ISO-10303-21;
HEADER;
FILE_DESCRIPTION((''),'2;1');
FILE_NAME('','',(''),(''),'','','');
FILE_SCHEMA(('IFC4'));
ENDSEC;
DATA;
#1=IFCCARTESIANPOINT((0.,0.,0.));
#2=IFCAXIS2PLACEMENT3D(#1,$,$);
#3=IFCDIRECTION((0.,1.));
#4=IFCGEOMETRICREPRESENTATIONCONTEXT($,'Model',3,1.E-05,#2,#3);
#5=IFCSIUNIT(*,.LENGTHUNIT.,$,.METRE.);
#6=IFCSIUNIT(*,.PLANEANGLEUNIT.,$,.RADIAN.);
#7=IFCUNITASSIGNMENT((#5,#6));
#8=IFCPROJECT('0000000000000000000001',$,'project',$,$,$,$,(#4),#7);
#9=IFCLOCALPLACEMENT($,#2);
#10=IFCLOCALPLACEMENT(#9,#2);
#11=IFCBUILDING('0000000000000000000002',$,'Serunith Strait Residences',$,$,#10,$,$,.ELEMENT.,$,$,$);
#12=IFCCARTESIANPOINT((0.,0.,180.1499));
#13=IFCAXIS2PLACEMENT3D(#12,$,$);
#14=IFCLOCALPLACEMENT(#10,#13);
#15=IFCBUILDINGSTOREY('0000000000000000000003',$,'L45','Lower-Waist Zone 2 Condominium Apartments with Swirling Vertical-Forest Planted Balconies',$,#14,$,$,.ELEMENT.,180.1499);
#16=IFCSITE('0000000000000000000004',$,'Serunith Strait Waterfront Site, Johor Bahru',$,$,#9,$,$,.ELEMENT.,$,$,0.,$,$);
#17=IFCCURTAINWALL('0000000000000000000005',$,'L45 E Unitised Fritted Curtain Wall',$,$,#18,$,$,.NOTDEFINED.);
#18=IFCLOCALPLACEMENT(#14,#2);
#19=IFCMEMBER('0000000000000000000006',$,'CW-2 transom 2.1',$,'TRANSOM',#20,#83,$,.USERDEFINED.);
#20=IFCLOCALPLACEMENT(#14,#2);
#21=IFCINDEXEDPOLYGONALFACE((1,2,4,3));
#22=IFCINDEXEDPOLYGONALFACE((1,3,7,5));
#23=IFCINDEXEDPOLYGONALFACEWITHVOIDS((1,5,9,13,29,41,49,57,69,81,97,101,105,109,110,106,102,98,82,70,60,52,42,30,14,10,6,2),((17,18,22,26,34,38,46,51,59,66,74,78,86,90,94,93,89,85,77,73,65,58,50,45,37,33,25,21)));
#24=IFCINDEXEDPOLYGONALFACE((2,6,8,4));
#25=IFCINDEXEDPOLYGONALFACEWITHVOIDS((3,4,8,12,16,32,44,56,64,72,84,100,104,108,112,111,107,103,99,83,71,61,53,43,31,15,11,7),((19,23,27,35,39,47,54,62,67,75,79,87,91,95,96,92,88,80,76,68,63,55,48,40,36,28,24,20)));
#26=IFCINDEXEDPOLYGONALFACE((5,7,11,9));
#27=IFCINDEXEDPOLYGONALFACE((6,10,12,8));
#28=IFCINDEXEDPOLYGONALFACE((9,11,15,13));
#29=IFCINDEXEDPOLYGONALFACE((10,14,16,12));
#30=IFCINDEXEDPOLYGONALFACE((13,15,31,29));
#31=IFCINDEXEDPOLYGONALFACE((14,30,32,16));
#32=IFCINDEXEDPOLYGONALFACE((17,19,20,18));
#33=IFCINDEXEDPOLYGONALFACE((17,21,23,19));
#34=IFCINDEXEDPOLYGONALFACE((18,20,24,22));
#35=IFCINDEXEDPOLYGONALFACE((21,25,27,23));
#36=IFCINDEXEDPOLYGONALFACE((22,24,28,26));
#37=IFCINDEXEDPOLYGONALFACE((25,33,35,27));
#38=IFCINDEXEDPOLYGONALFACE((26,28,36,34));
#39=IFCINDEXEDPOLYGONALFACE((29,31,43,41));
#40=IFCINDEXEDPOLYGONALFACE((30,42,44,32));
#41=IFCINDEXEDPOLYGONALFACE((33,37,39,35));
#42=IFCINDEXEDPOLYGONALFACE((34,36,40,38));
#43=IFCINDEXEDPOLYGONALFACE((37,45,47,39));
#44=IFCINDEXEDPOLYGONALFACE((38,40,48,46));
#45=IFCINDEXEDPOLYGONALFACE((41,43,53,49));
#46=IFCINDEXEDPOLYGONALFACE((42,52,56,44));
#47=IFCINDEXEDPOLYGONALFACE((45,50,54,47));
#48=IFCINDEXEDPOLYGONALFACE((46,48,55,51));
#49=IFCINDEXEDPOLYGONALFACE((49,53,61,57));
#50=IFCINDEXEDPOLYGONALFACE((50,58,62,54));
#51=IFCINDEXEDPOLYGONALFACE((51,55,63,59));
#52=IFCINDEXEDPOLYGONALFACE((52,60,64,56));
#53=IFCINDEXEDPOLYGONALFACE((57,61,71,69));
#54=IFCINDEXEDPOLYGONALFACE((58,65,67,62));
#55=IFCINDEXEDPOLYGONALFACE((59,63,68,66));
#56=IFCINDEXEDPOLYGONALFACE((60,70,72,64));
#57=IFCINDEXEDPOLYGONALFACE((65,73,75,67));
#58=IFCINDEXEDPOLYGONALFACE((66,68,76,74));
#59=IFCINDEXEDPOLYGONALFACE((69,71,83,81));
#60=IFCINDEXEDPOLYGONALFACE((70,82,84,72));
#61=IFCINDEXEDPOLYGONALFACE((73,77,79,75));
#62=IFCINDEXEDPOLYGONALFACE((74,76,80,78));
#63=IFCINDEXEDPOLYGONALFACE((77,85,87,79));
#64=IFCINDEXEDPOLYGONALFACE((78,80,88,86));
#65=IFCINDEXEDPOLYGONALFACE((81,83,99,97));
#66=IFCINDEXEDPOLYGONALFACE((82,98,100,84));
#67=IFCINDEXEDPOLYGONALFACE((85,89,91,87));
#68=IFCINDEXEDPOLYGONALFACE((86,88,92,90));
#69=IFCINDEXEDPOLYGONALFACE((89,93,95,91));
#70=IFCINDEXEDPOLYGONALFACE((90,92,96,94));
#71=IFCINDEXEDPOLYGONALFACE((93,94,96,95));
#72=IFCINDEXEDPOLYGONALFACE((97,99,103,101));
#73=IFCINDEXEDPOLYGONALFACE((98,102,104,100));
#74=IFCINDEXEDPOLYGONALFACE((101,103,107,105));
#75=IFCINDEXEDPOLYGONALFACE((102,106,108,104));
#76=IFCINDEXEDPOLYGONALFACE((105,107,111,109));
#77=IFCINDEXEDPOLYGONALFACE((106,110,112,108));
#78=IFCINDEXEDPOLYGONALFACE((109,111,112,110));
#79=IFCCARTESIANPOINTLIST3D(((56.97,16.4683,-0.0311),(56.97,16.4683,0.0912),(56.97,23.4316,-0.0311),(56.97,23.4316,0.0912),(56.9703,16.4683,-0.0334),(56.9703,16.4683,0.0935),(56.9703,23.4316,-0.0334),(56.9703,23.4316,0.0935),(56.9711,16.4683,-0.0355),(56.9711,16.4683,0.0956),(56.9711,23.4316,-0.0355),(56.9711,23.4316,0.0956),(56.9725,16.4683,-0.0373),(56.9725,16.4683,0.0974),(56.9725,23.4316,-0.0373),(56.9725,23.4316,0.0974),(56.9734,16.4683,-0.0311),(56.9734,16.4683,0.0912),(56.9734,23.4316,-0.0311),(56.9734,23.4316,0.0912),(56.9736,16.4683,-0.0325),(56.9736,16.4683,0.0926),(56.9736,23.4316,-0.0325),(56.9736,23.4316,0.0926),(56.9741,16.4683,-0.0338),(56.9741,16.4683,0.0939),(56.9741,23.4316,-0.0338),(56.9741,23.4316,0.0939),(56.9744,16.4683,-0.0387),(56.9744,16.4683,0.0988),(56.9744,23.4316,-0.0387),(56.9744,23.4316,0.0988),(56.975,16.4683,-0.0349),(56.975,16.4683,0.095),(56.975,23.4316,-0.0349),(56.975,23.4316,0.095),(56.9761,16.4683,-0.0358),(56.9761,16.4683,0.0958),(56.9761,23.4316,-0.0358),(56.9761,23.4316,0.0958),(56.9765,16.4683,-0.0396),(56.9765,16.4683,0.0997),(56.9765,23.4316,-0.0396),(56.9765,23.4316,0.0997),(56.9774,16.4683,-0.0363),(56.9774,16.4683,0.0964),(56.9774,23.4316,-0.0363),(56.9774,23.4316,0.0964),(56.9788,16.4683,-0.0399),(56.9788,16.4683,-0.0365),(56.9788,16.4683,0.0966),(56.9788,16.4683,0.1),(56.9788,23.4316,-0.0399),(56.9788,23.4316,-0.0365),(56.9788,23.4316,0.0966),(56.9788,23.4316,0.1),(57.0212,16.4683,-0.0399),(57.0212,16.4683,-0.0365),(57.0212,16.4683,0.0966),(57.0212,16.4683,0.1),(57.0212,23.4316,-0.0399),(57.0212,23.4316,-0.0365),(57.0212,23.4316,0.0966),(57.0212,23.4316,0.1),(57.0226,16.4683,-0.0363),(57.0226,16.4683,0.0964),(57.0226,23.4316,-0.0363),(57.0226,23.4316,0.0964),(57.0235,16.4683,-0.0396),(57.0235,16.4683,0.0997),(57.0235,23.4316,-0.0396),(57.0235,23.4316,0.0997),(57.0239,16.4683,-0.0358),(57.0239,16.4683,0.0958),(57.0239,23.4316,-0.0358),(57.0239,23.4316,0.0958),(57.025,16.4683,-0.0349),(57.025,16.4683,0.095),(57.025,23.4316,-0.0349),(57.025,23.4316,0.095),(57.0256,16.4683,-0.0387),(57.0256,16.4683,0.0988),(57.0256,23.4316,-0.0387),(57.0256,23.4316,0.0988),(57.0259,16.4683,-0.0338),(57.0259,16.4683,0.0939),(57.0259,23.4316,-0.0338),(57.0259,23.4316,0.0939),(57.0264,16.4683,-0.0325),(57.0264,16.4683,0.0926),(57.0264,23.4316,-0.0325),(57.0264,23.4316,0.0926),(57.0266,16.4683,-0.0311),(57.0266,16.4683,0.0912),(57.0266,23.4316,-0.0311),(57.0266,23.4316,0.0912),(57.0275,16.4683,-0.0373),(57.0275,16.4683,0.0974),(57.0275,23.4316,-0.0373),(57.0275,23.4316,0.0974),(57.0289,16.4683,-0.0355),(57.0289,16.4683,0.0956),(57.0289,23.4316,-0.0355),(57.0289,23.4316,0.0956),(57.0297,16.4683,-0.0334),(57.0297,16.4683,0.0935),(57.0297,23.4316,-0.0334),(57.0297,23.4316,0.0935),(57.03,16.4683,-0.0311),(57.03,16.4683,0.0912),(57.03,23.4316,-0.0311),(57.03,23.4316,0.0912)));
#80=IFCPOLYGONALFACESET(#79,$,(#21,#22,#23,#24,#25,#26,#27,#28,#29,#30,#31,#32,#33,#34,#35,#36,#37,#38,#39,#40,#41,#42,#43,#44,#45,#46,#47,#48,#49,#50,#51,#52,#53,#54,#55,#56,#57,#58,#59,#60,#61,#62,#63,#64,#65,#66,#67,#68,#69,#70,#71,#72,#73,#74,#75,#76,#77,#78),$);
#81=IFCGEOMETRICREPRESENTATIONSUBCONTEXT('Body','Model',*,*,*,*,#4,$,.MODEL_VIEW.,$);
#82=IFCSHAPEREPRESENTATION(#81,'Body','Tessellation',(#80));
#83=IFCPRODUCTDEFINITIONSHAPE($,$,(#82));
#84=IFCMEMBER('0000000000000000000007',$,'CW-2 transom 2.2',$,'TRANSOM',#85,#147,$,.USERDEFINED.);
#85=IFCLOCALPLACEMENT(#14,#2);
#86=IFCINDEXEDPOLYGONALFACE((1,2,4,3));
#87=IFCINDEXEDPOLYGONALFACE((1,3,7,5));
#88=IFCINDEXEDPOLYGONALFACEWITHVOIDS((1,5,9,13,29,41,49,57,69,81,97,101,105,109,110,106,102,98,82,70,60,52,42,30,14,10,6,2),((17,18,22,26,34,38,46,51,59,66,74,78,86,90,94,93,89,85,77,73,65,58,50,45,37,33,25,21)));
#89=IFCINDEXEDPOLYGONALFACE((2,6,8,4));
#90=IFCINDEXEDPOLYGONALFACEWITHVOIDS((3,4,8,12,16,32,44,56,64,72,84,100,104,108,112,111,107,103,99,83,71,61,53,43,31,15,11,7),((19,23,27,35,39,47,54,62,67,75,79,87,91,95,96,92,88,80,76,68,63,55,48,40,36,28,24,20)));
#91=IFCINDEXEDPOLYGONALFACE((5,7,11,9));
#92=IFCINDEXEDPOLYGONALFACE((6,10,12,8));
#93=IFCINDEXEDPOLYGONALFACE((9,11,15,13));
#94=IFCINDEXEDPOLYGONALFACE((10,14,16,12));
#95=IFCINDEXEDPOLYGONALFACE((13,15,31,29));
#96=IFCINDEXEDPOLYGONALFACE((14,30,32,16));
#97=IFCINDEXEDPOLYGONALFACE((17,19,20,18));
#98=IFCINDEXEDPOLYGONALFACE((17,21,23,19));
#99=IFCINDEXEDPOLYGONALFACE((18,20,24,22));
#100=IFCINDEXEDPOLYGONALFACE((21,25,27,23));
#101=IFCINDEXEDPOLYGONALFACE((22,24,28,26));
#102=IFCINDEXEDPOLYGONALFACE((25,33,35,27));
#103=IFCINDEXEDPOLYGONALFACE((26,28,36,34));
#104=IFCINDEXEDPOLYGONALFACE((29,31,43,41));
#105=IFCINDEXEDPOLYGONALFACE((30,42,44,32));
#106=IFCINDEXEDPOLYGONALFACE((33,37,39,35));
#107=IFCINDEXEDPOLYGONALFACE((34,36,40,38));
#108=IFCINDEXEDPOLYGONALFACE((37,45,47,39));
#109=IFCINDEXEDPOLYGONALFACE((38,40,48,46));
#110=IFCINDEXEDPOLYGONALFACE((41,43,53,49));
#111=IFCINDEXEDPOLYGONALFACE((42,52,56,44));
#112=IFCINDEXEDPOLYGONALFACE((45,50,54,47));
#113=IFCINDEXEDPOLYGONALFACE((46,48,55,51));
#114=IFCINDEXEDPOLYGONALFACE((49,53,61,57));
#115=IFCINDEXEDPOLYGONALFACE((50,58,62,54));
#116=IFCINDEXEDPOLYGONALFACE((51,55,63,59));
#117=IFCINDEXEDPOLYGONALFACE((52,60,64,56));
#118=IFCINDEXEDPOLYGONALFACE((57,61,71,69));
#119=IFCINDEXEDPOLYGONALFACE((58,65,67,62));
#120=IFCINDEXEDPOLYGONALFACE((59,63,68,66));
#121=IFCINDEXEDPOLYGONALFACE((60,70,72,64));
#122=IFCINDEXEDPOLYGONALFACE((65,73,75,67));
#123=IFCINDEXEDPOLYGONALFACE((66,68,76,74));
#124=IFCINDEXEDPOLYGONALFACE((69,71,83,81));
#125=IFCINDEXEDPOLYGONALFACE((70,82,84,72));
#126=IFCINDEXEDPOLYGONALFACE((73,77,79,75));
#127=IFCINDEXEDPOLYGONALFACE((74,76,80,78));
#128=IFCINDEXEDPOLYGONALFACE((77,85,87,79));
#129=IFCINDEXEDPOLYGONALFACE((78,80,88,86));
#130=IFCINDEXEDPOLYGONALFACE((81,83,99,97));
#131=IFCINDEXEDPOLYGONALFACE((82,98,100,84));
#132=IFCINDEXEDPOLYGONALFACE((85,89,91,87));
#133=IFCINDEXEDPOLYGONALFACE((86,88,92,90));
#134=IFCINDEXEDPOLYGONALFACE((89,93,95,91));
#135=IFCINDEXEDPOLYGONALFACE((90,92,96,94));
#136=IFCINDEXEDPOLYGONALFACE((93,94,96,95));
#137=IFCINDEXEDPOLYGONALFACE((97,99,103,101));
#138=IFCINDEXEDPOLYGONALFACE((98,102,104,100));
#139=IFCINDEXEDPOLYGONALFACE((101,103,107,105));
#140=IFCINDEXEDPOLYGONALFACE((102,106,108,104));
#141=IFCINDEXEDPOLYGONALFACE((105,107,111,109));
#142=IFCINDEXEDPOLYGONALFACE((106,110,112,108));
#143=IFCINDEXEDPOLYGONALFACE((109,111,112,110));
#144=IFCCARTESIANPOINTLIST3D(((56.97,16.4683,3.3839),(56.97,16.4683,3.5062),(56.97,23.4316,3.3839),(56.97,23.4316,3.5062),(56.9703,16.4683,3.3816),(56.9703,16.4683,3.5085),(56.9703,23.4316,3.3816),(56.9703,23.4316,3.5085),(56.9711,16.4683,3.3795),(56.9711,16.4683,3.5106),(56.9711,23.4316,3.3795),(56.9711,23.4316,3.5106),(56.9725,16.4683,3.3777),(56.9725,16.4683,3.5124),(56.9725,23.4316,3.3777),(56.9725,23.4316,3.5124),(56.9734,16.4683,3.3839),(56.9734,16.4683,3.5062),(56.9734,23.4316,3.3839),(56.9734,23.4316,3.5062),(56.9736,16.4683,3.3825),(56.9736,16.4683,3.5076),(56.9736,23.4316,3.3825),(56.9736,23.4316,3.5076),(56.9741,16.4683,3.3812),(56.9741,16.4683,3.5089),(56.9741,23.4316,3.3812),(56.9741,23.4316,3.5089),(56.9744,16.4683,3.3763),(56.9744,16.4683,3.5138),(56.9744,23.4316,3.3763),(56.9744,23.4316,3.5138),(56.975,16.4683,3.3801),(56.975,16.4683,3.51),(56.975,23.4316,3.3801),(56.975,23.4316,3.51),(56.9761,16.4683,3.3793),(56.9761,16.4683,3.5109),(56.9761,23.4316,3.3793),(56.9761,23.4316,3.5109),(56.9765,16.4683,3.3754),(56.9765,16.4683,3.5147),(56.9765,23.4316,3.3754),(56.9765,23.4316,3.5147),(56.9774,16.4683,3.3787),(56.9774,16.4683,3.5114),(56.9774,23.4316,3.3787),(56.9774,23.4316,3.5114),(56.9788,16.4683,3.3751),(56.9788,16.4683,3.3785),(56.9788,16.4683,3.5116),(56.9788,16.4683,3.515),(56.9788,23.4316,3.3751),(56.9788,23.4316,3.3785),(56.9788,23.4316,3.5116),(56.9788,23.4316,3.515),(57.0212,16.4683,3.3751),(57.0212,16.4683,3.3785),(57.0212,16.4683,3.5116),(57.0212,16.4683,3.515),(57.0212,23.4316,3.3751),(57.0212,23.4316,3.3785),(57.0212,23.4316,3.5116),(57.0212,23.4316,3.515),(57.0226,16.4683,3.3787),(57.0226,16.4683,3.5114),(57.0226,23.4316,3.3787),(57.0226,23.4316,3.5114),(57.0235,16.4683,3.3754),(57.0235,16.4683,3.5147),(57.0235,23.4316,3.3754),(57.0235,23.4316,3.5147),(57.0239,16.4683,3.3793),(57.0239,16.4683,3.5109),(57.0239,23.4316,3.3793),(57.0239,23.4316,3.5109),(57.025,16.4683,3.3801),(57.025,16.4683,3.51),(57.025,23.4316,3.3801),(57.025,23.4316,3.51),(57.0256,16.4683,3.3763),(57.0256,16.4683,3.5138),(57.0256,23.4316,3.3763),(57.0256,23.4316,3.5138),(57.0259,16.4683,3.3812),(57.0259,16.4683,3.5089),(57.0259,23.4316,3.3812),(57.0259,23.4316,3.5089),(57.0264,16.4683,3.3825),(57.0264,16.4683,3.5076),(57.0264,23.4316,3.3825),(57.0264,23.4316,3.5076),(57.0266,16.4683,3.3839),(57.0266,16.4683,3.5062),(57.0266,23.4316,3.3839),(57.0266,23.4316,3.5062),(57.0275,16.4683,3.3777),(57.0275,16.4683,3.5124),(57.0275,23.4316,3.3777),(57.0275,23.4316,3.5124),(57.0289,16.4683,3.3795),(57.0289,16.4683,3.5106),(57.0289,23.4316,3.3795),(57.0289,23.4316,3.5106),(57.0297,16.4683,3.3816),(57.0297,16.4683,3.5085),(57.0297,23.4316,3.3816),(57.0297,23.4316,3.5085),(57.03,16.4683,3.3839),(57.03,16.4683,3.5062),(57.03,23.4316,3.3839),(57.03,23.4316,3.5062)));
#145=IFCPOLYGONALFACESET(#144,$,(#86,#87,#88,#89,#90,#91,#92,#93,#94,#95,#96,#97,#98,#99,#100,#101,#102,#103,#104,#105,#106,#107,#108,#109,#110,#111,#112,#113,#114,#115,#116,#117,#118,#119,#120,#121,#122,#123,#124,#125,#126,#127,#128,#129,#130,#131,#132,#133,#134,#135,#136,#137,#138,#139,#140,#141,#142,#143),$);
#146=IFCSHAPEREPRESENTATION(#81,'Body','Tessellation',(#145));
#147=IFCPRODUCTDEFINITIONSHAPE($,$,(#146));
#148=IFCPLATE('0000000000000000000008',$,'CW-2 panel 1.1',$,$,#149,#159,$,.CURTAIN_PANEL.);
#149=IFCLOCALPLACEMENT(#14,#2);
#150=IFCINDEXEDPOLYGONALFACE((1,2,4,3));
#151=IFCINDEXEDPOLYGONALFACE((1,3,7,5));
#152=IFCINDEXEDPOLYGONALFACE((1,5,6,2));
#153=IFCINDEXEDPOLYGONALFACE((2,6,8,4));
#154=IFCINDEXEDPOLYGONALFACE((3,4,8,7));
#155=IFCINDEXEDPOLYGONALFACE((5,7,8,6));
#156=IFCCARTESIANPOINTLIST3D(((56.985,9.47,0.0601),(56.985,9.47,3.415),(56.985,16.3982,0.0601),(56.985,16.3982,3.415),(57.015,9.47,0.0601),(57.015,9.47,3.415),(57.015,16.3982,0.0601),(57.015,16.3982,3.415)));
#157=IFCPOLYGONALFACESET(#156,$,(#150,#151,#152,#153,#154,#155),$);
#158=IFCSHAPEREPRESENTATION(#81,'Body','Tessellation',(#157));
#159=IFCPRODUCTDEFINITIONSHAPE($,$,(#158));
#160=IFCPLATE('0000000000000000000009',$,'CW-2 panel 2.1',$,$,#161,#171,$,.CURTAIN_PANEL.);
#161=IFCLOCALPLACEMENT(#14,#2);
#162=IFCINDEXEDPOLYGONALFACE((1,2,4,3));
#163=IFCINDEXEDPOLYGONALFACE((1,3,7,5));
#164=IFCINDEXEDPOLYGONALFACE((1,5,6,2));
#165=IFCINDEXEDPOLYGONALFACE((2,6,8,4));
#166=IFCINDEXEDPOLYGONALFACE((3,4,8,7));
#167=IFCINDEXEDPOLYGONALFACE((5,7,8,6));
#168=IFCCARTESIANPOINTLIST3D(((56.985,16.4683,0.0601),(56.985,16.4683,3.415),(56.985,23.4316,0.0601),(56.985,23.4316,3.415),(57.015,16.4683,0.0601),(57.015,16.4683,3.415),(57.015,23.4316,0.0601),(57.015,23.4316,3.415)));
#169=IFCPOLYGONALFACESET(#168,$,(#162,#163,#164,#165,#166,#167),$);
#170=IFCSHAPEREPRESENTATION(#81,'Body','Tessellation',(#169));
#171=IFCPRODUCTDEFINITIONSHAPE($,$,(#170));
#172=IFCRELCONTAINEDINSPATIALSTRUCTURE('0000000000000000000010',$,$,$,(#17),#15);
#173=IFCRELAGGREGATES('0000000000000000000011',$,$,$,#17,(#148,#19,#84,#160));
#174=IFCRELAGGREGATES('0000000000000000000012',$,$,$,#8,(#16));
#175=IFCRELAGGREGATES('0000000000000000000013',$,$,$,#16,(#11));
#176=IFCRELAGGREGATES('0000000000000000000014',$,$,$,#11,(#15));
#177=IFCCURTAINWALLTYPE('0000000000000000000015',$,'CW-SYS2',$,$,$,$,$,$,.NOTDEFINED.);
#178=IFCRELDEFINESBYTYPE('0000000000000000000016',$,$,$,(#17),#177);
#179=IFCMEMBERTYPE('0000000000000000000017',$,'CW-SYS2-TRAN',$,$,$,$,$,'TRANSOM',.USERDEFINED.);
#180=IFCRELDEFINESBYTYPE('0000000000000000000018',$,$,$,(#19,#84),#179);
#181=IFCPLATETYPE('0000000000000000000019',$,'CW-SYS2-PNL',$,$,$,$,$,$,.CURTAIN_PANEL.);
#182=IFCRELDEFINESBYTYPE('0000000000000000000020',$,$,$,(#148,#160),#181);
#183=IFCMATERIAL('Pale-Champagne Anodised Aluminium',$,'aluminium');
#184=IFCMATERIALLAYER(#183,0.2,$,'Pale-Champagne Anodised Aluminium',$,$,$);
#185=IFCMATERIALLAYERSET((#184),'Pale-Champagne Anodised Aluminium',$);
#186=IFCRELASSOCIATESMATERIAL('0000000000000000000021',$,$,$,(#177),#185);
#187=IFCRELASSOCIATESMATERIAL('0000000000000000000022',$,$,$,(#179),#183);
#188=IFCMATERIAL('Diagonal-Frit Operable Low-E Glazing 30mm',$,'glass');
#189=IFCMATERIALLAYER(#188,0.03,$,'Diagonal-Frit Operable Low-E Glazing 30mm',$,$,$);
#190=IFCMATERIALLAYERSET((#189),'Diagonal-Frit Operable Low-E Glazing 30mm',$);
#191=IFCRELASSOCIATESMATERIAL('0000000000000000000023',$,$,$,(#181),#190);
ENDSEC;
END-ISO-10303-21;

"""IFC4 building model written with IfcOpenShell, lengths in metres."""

from ifc_helpers import new_model, si_unit, direction, frame, origin, origin_2d, place, context, subcontext, project, spatial, rectangle, hollow_rectangle, extrude, source, transform, mapped, material, layer, layer_set, material_profile, profile_set, type_object, element, aggregate, save


model = new_model("IFC4")

# Units and contexts
model_context = context("Model", 3, precision=1e-05, world=origin(), true_north=direction((0.0, 1.0)))
body_context = subcontext(model_context, "Body", "Model", "MODEL_VIEW")
ifc_project = project(units=[si_unit("LENGTHUNIT", "METRE"), si_unit("PLANEANGLEUNIT", "RADIAN")], contexts=[model_context])

# Site, building, storey
site_placement = place(None, origin())
site = spatial("IfcSite", under=ifc_project, at=site_placement, Name="Serunith Strait Waterfront Site, Johor Bahru", CompositionType="ELEMENT", RefElevation=0.0)
building_placement = place(site_placement, origin())
building = spatial("IfcBuilding", under=site, at=building_placement, Name="Serunith Strait Residences", CompositionType="ELEMENT")
storey_placement = place(building_placement, frame((0.0, 0.0, 180.1499)))
storey = spatial("IfcBuildingStorey", under=building, at=storey_placement, Name="L45", Description="Lower-Waist Zone 2 Condominium Apartments with Swirling Vertical-Forest Planted Balconies", CompositionType="ELEMENT", Elevation=180.1499)

# Curtain wall, members, plates
ifc_material_1 = material(Name="Pale-Champagne Anodised Aluminium", Category="aluminium")
ifc_layer_1 = layer(ifc_material_1, 0.2, Name="Pale-Champagne Anodised Aluminium")
ifc_layer_set_1 = layer_set([ifc_layer_1], Name="Pale-Champagne Anodised Aluminium")
curtain_wall_type = type_object("IfcCurtainWallType", Name="CW-SYS2", PredefinedType="NOTDEFINED", material=ifc_layer_set_1)
curtain_wall_placement = place(storey_placement, origin())
curtain_wall = element("IfcCurtainWall", 1, at=curtain_wall_placement, inside=storey, type_object=curtain_wall_type, Name="L45 E Unitised Fritted Curtain Wall", PredefinedType="NOTDEFINED")
ifc_material_profile_1 = material_profile(ifc_material_1, hollow_rectangle(XDim=0.0601, YDim=0.1399, WallThickness=0.0034, InnerFilletRadius=0.0054, OuterFilletRadius=0.0088, at=origin_2d()), Name="ALU 140x60x3.5")
ifc_profile_set_1 = profile_set([ifc_material_profile_1], Name="Pale-Champagne Anodised Aluminium")
member_type_1 = type_object("IfcMemberType", Name="CW-SYS2-TRAN", ElementType="TRANSOM", PredefinedType="USERDEFINED", material=ifc_profile_set_1)
shared_shape_1 = source(origin(), body_context, "Body", "SweptSolid", [
    extrude(hollow_rectangle(XDim=0.0601, YDim=0.1399, WallThickness=0.0034, InnerFilletRadius=0.0054, OuterFilletRadius=0.0088, at=origin_2d()), origin(), (0.0, 0.0, 1.0), 6.9634),
])
member_1_placement = place(storey_placement, frame((57.0, 16.4683, 0.03), z_axis=(0.0, 1.0, 0.0), x_axis=(-1.0, 0.0, 0.0)))
member_1 = element("IfcMember", 2, at=member_1_placement, type_object=member_type_1, Name="CW-2 transom 2.1", ObjectType="TRANSOM", PredefinedType="USERDEFINED", context=body_context, shape_type="MappedRepresentation", body=[
    mapped(shared_shape_1, transform((0.0, 0.0, 0.0), scale=1.0)),
])
member_2_placement = place(storey_placement, frame((57.0, 16.4683, 3.4451), z_axis=(0.0, 1.0, 0.0), x_axis=(-1.0, 0.0, 0.0)))
member_2 = element("IfcMember", 3, at=member_2_placement, type_object=member_type_1, Name="CW-2 transom 2.2", ObjectType="TRANSOM", PredefinedType="USERDEFINED", context=body_context, shape_type="MappedRepresentation", body=[
    mapped(shared_shape_1, transform((0.0, 0.0, 0.0), scale=1.0)),
])
ifc_material_2 = material(Name="Diagonal-Frit Operable Low-E Glazing 30mm", Category="glass")
ifc_layer_2 = layer(ifc_material_2, 0.03, Name="Diagonal-Frit Operable Low-E Glazing 30mm")
ifc_layer_set_2 = layer_set([ifc_layer_2], Name="Diagonal-Frit Operable Low-E Glazing 30mm")
plate_type = type_object("IfcPlateType", Name="CW-SYS2-PNL", PredefinedType="CURTAIN_PANEL", material=ifc_layer_set_2)
shared_shape_2 = source(origin(), body_context, "Body", "SweptSolid", [
    extrude(rectangle(XDim=6.9282, YDim=0.03, at=origin_2d()), origin(), (0.0, 0.0, 1.0), 3.355),
])
plate_1_placement = place(storey_placement, frame((57.0, 12.9341, 0.0601), z_axis=(0.0, 0.0, 1.0), x_axis=(0.0, 1.0, 0.0)))
plate_1 = element("IfcPlate", 4, at=plate_1_placement, type_object=plate_type, Name="CW-2 panel 1.1", PredefinedType="CURTAIN_PANEL", context=body_context, shape_type="MappedRepresentation", body=[
    mapped(shared_shape_2, transform((0.0, 0.0, 0.0), scale=1.0)),
])
shared_shape_3 = source(origin(), body_context, "Body", "SweptSolid", [
    extrude(rectangle(XDim=6.9634, YDim=0.03, at=origin_2d()), origin(), (0.0, 0.0, 1.0), 3.355),
])
plate_2_placement = place(storey_placement, frame((57.0, 19.95, 0.0601), z_axis=(0.0, 0.0, 1.0), x_axis=(0.0, 1.0, 0.0)))
plate_2 = element("IfcPlate", 5, at=plate_2_placement, type_object=plate_type, Name="CW-2 panel 2.1", PredefinedType="CURTAIN_PANEL", context=body_context, shape_type="MappedRepresentation", body=[
    mapped(shared_shape_3, transform((0.0, 0.0, 0.0), scale=1.0)),
])
aggregate(curtain_wall, [plate_1, member_1, member_2, plate_2])

save(model, "model.ifc")
